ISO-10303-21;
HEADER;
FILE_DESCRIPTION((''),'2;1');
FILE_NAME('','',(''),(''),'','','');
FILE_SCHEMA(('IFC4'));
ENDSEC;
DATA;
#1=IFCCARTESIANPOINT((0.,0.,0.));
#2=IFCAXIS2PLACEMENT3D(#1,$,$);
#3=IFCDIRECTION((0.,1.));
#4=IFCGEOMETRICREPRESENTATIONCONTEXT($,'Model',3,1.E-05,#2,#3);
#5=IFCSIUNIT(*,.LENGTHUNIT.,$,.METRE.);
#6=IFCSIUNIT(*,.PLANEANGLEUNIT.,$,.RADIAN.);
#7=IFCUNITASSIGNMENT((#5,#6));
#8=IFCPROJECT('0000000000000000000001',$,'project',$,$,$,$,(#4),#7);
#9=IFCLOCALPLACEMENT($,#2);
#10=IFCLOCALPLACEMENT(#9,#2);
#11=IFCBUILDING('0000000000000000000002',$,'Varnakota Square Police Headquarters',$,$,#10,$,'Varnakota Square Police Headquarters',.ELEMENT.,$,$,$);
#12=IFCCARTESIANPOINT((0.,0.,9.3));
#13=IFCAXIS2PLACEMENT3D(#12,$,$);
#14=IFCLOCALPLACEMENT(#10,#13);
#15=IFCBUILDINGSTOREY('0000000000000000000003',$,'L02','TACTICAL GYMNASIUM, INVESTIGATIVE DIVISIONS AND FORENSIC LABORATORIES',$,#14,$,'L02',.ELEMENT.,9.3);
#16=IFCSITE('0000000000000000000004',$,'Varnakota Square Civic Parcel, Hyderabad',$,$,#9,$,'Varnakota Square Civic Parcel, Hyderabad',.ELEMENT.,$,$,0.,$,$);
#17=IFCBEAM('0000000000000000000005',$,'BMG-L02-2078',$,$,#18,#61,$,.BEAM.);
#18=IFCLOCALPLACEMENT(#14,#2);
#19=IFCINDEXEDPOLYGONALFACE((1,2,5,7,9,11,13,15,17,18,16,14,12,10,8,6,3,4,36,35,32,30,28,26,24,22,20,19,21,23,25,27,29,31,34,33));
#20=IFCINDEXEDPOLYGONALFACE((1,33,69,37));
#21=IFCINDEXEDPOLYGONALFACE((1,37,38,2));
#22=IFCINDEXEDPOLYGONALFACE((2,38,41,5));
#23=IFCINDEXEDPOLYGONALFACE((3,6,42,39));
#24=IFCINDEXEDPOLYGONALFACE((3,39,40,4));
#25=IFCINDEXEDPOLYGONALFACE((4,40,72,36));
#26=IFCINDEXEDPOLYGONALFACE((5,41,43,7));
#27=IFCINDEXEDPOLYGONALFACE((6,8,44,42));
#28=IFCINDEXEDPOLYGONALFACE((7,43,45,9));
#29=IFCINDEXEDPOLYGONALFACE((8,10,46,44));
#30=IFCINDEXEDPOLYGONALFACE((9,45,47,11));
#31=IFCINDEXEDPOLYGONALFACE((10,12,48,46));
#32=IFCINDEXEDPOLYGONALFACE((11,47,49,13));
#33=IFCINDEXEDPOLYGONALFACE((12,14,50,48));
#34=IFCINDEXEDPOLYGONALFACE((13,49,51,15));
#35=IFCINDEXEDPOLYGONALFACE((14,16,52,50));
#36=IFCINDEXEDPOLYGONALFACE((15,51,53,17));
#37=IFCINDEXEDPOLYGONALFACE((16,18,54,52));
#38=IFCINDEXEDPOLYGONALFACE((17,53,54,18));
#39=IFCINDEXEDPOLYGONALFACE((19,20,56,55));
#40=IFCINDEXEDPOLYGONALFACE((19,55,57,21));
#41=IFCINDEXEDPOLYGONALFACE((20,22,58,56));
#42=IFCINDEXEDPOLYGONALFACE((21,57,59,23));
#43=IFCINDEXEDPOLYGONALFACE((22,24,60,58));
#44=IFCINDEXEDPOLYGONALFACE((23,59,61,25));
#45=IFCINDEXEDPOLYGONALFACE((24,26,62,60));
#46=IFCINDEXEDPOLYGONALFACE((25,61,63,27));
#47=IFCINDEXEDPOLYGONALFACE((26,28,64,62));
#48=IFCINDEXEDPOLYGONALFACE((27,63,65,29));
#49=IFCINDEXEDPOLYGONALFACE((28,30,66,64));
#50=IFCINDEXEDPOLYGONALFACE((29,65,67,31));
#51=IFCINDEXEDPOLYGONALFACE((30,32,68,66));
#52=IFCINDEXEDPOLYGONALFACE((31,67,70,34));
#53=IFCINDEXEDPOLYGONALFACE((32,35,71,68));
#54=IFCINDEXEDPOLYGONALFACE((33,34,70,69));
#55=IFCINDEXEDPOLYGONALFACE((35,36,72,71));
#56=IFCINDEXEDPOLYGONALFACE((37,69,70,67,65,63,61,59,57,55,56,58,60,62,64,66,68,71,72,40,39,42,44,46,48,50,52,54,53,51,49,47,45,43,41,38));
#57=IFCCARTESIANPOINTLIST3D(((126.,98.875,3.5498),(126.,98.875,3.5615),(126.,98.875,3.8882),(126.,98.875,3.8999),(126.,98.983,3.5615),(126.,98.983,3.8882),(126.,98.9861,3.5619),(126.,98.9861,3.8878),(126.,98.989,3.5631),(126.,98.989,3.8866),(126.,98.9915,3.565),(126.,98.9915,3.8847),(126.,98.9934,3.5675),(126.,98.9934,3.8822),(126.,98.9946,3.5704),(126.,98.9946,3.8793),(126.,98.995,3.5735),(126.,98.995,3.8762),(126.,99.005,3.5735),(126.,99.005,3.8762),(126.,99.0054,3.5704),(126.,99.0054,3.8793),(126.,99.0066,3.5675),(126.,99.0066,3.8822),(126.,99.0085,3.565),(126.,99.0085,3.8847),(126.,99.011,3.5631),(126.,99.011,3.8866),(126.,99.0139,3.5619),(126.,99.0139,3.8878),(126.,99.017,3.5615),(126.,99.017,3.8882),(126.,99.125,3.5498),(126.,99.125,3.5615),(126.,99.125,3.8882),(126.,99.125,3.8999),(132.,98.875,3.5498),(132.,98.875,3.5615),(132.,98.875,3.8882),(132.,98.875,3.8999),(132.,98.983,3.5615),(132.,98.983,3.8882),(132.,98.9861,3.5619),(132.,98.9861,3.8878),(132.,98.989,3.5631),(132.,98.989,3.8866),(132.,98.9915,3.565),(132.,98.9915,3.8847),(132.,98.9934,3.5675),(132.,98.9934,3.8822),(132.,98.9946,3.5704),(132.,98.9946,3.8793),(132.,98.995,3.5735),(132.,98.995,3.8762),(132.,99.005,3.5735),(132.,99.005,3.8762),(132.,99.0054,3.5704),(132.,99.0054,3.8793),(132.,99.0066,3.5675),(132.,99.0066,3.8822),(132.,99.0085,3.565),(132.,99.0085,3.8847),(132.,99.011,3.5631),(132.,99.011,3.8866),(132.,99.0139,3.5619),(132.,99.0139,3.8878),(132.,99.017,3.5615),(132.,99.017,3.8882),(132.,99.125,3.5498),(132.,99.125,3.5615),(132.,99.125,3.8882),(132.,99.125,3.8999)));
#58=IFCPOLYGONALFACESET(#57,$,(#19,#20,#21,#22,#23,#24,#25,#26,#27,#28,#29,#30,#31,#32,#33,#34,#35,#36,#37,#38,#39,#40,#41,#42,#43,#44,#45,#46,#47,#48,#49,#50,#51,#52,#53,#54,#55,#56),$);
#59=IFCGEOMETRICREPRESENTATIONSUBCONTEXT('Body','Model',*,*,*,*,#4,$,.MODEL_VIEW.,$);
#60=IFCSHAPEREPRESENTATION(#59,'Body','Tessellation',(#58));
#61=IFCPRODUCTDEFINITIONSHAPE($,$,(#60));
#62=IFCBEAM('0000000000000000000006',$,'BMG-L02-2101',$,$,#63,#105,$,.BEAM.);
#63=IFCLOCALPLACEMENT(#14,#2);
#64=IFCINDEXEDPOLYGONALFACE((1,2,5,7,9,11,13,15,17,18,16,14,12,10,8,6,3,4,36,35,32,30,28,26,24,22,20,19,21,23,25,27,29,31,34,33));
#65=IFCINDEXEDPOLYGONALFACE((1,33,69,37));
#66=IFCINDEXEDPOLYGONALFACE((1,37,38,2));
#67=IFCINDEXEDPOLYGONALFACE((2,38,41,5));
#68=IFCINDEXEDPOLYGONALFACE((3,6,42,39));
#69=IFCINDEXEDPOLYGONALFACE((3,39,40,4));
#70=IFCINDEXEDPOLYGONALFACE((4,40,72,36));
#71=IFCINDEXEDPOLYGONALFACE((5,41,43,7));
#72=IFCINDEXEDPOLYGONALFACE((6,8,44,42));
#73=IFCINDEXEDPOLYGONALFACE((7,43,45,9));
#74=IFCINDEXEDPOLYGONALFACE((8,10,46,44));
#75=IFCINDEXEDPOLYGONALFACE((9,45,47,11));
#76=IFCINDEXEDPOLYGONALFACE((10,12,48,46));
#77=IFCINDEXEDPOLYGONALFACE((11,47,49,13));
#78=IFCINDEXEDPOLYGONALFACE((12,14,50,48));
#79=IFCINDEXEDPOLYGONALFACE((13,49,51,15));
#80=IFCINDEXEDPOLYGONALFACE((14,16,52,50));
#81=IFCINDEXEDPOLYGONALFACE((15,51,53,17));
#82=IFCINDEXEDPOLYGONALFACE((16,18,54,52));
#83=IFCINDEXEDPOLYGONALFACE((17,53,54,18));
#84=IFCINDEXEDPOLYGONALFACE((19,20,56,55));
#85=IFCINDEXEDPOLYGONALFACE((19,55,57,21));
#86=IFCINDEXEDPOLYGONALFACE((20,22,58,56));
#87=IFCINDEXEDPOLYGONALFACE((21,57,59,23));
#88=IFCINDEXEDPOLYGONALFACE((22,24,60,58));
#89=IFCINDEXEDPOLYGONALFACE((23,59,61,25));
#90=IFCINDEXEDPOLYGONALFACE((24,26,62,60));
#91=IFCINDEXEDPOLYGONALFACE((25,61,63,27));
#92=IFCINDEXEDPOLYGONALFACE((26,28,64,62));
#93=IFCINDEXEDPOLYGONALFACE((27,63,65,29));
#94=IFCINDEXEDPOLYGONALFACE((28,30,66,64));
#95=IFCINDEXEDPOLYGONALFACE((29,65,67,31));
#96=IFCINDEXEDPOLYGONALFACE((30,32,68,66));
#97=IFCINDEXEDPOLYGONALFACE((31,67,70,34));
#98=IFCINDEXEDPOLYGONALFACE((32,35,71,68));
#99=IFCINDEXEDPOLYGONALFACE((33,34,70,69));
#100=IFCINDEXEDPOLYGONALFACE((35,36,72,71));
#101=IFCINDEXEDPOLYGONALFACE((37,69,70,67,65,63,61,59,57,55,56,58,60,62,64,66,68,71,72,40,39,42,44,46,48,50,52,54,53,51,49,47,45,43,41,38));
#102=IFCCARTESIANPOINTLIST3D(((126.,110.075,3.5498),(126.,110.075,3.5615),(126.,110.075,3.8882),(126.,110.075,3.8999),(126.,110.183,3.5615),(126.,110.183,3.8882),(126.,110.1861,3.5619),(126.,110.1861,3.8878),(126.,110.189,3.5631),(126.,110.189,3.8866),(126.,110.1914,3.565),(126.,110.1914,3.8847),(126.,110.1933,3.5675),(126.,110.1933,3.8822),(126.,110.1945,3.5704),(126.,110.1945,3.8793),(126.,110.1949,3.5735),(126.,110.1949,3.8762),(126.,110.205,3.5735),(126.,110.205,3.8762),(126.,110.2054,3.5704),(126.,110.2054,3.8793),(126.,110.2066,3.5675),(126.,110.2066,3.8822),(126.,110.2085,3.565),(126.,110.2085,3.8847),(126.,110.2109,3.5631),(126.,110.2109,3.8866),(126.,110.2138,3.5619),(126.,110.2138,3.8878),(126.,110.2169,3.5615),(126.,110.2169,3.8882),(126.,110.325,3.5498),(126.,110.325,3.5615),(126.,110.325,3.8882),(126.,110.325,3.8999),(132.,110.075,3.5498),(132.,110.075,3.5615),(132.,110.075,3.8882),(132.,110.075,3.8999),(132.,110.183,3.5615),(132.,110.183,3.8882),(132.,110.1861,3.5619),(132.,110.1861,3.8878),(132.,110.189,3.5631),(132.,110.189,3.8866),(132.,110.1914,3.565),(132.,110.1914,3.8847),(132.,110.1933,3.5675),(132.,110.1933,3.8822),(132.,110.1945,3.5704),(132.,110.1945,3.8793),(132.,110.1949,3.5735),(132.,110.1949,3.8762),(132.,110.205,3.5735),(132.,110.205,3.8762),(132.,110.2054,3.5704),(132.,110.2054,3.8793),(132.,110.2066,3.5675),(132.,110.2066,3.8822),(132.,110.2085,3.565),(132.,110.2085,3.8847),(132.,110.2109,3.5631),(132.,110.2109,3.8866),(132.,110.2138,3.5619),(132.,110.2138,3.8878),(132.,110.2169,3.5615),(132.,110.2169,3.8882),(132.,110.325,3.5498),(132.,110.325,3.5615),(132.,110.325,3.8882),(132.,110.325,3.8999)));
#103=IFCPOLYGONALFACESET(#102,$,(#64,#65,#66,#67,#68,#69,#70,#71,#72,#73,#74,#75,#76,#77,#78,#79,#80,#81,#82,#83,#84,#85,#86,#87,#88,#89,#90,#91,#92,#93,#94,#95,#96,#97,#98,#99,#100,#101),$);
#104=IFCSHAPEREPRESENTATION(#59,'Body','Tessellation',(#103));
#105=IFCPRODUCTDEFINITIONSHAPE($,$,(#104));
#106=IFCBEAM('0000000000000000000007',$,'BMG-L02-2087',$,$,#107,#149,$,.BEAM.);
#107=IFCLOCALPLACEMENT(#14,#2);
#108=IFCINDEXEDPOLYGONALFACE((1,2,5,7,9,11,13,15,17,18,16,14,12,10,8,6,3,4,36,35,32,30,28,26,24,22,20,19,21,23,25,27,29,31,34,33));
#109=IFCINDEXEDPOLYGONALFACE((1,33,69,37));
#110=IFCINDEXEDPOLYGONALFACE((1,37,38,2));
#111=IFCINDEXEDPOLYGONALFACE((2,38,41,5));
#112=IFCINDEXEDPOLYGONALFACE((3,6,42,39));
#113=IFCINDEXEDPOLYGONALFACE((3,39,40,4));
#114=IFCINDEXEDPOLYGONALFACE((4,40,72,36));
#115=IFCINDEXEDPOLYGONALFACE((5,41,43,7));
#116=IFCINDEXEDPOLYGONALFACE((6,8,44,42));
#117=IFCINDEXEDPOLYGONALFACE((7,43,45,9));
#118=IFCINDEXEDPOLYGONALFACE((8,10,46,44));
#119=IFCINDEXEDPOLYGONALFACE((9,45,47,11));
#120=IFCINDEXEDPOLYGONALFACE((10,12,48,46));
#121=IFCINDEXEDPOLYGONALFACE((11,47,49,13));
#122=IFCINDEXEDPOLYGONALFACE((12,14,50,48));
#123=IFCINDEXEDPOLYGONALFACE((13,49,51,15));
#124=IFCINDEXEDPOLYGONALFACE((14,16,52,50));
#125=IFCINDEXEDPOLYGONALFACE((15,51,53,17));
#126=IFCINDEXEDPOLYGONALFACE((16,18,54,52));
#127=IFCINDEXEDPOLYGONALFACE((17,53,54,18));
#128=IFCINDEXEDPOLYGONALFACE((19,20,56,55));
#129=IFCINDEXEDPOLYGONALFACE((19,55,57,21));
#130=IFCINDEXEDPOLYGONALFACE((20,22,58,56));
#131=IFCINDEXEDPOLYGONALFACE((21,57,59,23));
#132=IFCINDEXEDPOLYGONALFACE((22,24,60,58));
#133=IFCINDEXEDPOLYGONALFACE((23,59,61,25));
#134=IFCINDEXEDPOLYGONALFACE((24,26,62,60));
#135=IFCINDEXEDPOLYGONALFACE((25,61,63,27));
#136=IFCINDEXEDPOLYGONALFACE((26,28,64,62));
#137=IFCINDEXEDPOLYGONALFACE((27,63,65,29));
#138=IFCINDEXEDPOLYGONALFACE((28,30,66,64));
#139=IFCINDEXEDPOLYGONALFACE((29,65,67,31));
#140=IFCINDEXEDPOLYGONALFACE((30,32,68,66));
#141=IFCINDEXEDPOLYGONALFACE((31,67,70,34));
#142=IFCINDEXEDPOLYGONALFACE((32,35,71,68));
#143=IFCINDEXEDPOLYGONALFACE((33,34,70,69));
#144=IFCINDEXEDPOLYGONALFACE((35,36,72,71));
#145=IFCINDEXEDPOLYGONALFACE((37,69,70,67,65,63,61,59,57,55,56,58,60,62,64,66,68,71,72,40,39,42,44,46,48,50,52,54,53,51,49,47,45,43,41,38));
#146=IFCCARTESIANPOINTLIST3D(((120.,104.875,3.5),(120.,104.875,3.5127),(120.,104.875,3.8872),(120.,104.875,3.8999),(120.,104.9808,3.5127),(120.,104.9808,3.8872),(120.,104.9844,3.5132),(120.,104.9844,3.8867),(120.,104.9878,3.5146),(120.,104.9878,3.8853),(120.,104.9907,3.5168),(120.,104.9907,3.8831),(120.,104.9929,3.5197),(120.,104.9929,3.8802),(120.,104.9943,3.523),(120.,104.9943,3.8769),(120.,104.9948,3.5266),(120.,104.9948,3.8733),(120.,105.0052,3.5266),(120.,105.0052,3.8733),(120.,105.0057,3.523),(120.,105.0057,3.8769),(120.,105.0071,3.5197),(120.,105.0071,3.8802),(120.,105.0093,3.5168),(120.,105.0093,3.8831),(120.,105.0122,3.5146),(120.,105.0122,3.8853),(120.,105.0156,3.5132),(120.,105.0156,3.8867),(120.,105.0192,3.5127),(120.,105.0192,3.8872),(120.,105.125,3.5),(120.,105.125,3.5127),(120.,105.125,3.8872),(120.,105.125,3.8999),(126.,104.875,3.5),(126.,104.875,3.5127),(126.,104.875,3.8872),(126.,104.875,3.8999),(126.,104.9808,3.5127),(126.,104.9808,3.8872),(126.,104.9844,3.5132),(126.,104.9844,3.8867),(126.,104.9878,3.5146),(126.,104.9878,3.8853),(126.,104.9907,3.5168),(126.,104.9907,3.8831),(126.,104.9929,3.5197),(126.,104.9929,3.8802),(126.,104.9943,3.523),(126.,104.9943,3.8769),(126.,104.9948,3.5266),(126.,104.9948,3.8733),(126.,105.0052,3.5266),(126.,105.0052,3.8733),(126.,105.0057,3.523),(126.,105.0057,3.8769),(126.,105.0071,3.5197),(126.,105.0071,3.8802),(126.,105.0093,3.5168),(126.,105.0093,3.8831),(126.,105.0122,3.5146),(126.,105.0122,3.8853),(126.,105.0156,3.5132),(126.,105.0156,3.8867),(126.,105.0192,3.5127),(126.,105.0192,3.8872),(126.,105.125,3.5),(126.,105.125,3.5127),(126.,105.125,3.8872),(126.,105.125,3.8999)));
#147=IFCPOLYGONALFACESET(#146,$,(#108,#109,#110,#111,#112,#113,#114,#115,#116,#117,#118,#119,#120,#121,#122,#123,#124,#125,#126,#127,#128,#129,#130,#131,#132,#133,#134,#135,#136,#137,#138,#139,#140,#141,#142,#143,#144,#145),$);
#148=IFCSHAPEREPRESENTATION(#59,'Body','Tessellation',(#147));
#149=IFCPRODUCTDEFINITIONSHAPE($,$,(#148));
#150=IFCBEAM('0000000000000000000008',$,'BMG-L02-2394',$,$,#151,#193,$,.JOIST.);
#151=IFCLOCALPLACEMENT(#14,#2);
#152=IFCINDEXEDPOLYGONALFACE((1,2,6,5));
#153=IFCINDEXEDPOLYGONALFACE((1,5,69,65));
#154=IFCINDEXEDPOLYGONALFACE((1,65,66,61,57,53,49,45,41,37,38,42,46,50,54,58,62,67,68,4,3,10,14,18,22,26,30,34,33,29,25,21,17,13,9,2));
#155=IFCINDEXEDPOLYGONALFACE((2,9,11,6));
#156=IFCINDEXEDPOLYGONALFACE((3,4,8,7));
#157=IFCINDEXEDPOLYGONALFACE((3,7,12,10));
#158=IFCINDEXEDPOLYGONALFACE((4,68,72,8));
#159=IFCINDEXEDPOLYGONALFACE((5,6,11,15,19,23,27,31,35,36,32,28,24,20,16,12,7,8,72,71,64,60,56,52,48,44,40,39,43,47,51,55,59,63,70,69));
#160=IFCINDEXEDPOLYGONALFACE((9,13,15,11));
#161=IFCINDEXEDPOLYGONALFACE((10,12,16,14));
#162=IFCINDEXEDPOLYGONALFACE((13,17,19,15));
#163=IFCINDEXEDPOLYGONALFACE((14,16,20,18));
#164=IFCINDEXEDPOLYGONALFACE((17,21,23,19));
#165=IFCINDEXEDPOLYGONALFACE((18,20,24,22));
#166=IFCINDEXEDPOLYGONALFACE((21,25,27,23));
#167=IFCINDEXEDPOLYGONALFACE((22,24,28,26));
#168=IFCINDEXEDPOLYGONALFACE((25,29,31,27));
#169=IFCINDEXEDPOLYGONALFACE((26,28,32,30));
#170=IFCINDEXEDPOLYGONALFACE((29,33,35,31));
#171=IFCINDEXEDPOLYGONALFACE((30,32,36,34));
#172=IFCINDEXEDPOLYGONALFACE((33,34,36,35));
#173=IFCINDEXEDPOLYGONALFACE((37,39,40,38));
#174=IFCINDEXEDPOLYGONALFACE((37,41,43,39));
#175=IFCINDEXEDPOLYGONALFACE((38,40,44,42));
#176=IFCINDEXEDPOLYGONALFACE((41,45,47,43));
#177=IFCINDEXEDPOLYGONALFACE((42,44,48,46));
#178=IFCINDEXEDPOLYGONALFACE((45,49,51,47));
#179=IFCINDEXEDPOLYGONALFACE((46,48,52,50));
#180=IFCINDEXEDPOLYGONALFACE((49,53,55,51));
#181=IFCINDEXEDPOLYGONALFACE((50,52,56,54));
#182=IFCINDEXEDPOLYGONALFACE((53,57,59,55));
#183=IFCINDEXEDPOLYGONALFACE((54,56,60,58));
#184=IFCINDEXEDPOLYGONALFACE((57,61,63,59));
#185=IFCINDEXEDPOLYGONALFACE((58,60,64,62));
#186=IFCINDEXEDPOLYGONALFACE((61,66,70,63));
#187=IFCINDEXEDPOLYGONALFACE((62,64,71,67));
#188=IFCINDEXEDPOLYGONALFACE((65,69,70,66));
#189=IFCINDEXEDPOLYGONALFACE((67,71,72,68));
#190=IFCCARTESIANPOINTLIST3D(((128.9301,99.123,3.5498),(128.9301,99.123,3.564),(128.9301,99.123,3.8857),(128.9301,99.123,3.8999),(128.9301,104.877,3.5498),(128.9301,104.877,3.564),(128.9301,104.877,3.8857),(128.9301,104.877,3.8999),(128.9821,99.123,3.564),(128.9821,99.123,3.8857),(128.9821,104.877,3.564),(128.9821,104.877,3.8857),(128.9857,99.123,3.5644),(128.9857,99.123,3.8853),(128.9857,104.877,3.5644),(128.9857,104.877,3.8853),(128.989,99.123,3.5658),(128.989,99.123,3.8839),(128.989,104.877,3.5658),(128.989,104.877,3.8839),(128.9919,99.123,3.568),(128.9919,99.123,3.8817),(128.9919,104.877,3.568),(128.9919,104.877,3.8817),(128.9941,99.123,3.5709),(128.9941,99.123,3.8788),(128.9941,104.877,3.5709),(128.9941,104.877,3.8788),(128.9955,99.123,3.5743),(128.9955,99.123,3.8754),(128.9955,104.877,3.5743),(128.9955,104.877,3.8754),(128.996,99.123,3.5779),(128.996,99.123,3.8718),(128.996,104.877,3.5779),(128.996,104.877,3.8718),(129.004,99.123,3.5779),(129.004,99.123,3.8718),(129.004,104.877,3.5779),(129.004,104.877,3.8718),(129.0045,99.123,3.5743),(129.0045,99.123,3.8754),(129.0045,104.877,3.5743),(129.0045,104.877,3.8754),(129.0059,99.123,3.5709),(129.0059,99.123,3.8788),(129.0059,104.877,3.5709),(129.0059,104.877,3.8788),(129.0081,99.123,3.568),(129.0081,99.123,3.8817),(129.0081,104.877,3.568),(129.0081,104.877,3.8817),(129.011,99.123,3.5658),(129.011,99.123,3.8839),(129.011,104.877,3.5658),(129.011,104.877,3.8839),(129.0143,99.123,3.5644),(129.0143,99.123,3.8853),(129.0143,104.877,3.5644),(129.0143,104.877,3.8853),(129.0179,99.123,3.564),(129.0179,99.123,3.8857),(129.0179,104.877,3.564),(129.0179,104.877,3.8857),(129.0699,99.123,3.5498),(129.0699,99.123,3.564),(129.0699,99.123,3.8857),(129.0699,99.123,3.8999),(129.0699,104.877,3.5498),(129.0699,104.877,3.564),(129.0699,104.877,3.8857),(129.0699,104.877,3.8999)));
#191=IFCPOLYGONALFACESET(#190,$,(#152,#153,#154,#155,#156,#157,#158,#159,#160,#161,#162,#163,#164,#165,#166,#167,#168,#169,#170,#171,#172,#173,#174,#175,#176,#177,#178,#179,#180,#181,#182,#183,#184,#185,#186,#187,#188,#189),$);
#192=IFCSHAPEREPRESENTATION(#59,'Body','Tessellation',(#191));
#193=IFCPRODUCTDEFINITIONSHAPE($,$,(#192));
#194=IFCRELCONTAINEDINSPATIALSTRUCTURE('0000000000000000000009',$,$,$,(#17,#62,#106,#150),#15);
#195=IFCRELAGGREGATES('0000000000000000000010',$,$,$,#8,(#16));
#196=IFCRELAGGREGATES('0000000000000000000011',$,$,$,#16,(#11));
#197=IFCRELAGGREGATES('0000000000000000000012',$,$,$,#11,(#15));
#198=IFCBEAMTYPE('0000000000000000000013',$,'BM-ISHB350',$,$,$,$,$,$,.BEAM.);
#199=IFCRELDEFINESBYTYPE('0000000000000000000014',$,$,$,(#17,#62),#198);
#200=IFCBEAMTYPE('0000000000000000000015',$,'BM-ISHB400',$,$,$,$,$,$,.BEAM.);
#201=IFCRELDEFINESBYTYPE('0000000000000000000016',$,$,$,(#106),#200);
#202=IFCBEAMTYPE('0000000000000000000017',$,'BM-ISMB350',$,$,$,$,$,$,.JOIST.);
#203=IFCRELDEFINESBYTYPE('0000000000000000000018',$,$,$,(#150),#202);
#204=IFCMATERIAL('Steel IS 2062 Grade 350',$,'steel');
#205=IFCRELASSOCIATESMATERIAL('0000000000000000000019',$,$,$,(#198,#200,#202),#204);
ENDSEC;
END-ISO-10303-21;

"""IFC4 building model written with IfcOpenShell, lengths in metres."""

from ifc_helpers import new_model, si_unit, direction, frame, origin, origin_2d, place, context, subcontext, project, spatial, i_section, extrude, material, material_profile, profile_set, type_object, element, save


model = new_model("IFC4")

# Units and contexts
model_context = context("Model", 3, precision=1e-05, world=origin(), true_north=direction((0.0, 1.0)))
body_context = subcontext(model_context, "Body", "Model", "MODEL_VIEW")
ifc_project = project(units=[si_unit("LENGTHUNIT", "METRE"), si_unit("PLANEANGLEUNIT", "RADIAN")], contexts=[model_context])

# Site, building, storey
site_placement = place(None, origin())
site = spatial("IfcSite", under=ifc_project, at=site_placement, Name="Varnakota Square Civic Parcel, Hyderabad", LongName="Varnakota Square Civic Parcel, Hyderabad", CompositionType="ELEMENT", RefElevation=0.0)
building_placement = place(site_placement, origin())
building = spatial("IfcBuilding", under=site, at=building_placement, Name="Varnakota Square Police Headquarters", LongName="Varnakota Square Police Headquarters", CompositionType="ELEMENT")
storey_placement = place(building_placement, frame((0.0, 0.0, 9.3)))
storey = spatial("IfcBuildingStorey", under=building, at=storey_placement, Name="L02", Description="TACTICAL GYMNASIUM, INVESTIGATIVE DIVISIONS AND FORENSIC LABORATORIES", LongName="L02", CompositionType="ELEMENT", Elevation=9.3)

# Shared definitions
ifc_material_1 = material(Name="Steel IS 2062 Grade 350", Category="steel")

# Beams
ifc_material_profile_1 = material_profile(ifc_material_1, i_section(OverallWidth=0.25, OverallDepth=0.3501, WebThickness=0.01, FlangeThickness=0.0117, FilletRadius=0.012, at=origin_2d()), Name="ISHB 350")
ifc_profile_set_1 = profile_set([ifc_material_profile_1], Name="Steel IS 2062 Grade 350")
beam_type_1 = type_object("IfcBeamType", Name="BM-ISHB350", PredefinedType="BEAM", material=ifc_profile_set_1)
for number, where, z_axis, x_axis, name in (
    (1, (126.0, 99.0, 3.7249), (1.0, 0.0, 0.0), (0.0, 1.0, 0.0), "BMG-L02-2078"),
    (2, (126.0, 110.2, 3.7249), (1.0, 0.0, 0.0), (0.0, 1.0, 0.0), "BMG-L02-2101"),
):
    element("IfcBeam", number, at=place(storey_placement, frame(where, z_axis=z_axis, x_axis=x_axis)), inside=storey, type_object=beam_type_1, Name=name, PredefinedType="BEAM", context=body_context, shape_type="SweptSolid", body=[
        extrude(i_section(OverallWidth=0.25, OverallDepth=0.3501, WebThickness=0.01, FlangeThickness=0.0117, FilletRadius=0.012, at=origin_2d()), origin(), (0.0, 0.0, 1.0), 6.0),
    ])
ifc_material_profile_2 = material_profile(ifc_material_1, i_section(OverallWidth=0.25, OverallDepth=0.3999, WebThickness=0.0105, FlangeThickness=0.0127, FilletRadius=0.0139, at=origin_2d()), Name="ISHB 400")
ifc_profile_set_2 = profile_set([ifc_material_profile_2], Name="Steel IS 2062 Grade 350")
beam_type_2 = type_object("IfcBeamType", Name="BM-ISHB400", PredefinedType="BEAM", material=ifc_profile_set_2)
beam_1_placement = place(storey_placement, frame((120.0, 105.0, 3.7), z_axis=(1.0, 0.0, 0.0), x_axis=(0.0, 1.0, 0.0)))
element("IfcBeam", 3, at=beam_1_placement, inside=storey, type_object=beam_type_2, Name="BMG-L02-2087", PredefinedType="BEAM", context=body_context, shape_type="SweptSolid", body=[
    extrude(i_section(OverallWidth=0.25, OverallDepth=0.3999, WebThickness=0.0105, FlangeThickness=0.0127, FilletRadius=0.0139, at=origin_2d()), origin(), (0.0, 0.0, 1.0), 6.0),
])
ifc_material_profile_3 = material_profile(ifc_material_1, i_section(OverallWidth=0.1399, OverallDepth=0.3501, WebThickness=0.0081, FlangeThickness=0.0142, FilletRadius=0.0139, at=origin_2d()), Name="ISMB 350")
ifc_profile_set_3 = profile_set([ifc_material_profile_3], Name="Steel IS 2062 Grade 350")
beam_type_3 = type_object("IfcBeamType", Name="BM-ISMB350", PredefinedType="JOIST", material=ifc_profile_set_3)
beam_2_placement = place(storey_placement, frame((129.0, 99.123, 3.7249), z_axis=(0.0, 1.0, 0.0), x_axis=(-1.0, 0.0, 0.0)))
element("IfcBeam", 4, at=beam_2_placement, inside=storey, type_object=beam_type_3, Name="BMG-L02-2394", PredefinedType="JOIST", context=body_context, shape_type="SweptSolid", body=[
    extrude(i_section(OverallWidth=0.1399, OverallDepth=0.3501, WebThickness=0.0081, FlangeThickness=0.0142, FilletRadius=0.0139, at=origin_2d()), origin(), (0.0, 0.0, 1.0), 5.7539),
])

save(model, "model.ifc")
